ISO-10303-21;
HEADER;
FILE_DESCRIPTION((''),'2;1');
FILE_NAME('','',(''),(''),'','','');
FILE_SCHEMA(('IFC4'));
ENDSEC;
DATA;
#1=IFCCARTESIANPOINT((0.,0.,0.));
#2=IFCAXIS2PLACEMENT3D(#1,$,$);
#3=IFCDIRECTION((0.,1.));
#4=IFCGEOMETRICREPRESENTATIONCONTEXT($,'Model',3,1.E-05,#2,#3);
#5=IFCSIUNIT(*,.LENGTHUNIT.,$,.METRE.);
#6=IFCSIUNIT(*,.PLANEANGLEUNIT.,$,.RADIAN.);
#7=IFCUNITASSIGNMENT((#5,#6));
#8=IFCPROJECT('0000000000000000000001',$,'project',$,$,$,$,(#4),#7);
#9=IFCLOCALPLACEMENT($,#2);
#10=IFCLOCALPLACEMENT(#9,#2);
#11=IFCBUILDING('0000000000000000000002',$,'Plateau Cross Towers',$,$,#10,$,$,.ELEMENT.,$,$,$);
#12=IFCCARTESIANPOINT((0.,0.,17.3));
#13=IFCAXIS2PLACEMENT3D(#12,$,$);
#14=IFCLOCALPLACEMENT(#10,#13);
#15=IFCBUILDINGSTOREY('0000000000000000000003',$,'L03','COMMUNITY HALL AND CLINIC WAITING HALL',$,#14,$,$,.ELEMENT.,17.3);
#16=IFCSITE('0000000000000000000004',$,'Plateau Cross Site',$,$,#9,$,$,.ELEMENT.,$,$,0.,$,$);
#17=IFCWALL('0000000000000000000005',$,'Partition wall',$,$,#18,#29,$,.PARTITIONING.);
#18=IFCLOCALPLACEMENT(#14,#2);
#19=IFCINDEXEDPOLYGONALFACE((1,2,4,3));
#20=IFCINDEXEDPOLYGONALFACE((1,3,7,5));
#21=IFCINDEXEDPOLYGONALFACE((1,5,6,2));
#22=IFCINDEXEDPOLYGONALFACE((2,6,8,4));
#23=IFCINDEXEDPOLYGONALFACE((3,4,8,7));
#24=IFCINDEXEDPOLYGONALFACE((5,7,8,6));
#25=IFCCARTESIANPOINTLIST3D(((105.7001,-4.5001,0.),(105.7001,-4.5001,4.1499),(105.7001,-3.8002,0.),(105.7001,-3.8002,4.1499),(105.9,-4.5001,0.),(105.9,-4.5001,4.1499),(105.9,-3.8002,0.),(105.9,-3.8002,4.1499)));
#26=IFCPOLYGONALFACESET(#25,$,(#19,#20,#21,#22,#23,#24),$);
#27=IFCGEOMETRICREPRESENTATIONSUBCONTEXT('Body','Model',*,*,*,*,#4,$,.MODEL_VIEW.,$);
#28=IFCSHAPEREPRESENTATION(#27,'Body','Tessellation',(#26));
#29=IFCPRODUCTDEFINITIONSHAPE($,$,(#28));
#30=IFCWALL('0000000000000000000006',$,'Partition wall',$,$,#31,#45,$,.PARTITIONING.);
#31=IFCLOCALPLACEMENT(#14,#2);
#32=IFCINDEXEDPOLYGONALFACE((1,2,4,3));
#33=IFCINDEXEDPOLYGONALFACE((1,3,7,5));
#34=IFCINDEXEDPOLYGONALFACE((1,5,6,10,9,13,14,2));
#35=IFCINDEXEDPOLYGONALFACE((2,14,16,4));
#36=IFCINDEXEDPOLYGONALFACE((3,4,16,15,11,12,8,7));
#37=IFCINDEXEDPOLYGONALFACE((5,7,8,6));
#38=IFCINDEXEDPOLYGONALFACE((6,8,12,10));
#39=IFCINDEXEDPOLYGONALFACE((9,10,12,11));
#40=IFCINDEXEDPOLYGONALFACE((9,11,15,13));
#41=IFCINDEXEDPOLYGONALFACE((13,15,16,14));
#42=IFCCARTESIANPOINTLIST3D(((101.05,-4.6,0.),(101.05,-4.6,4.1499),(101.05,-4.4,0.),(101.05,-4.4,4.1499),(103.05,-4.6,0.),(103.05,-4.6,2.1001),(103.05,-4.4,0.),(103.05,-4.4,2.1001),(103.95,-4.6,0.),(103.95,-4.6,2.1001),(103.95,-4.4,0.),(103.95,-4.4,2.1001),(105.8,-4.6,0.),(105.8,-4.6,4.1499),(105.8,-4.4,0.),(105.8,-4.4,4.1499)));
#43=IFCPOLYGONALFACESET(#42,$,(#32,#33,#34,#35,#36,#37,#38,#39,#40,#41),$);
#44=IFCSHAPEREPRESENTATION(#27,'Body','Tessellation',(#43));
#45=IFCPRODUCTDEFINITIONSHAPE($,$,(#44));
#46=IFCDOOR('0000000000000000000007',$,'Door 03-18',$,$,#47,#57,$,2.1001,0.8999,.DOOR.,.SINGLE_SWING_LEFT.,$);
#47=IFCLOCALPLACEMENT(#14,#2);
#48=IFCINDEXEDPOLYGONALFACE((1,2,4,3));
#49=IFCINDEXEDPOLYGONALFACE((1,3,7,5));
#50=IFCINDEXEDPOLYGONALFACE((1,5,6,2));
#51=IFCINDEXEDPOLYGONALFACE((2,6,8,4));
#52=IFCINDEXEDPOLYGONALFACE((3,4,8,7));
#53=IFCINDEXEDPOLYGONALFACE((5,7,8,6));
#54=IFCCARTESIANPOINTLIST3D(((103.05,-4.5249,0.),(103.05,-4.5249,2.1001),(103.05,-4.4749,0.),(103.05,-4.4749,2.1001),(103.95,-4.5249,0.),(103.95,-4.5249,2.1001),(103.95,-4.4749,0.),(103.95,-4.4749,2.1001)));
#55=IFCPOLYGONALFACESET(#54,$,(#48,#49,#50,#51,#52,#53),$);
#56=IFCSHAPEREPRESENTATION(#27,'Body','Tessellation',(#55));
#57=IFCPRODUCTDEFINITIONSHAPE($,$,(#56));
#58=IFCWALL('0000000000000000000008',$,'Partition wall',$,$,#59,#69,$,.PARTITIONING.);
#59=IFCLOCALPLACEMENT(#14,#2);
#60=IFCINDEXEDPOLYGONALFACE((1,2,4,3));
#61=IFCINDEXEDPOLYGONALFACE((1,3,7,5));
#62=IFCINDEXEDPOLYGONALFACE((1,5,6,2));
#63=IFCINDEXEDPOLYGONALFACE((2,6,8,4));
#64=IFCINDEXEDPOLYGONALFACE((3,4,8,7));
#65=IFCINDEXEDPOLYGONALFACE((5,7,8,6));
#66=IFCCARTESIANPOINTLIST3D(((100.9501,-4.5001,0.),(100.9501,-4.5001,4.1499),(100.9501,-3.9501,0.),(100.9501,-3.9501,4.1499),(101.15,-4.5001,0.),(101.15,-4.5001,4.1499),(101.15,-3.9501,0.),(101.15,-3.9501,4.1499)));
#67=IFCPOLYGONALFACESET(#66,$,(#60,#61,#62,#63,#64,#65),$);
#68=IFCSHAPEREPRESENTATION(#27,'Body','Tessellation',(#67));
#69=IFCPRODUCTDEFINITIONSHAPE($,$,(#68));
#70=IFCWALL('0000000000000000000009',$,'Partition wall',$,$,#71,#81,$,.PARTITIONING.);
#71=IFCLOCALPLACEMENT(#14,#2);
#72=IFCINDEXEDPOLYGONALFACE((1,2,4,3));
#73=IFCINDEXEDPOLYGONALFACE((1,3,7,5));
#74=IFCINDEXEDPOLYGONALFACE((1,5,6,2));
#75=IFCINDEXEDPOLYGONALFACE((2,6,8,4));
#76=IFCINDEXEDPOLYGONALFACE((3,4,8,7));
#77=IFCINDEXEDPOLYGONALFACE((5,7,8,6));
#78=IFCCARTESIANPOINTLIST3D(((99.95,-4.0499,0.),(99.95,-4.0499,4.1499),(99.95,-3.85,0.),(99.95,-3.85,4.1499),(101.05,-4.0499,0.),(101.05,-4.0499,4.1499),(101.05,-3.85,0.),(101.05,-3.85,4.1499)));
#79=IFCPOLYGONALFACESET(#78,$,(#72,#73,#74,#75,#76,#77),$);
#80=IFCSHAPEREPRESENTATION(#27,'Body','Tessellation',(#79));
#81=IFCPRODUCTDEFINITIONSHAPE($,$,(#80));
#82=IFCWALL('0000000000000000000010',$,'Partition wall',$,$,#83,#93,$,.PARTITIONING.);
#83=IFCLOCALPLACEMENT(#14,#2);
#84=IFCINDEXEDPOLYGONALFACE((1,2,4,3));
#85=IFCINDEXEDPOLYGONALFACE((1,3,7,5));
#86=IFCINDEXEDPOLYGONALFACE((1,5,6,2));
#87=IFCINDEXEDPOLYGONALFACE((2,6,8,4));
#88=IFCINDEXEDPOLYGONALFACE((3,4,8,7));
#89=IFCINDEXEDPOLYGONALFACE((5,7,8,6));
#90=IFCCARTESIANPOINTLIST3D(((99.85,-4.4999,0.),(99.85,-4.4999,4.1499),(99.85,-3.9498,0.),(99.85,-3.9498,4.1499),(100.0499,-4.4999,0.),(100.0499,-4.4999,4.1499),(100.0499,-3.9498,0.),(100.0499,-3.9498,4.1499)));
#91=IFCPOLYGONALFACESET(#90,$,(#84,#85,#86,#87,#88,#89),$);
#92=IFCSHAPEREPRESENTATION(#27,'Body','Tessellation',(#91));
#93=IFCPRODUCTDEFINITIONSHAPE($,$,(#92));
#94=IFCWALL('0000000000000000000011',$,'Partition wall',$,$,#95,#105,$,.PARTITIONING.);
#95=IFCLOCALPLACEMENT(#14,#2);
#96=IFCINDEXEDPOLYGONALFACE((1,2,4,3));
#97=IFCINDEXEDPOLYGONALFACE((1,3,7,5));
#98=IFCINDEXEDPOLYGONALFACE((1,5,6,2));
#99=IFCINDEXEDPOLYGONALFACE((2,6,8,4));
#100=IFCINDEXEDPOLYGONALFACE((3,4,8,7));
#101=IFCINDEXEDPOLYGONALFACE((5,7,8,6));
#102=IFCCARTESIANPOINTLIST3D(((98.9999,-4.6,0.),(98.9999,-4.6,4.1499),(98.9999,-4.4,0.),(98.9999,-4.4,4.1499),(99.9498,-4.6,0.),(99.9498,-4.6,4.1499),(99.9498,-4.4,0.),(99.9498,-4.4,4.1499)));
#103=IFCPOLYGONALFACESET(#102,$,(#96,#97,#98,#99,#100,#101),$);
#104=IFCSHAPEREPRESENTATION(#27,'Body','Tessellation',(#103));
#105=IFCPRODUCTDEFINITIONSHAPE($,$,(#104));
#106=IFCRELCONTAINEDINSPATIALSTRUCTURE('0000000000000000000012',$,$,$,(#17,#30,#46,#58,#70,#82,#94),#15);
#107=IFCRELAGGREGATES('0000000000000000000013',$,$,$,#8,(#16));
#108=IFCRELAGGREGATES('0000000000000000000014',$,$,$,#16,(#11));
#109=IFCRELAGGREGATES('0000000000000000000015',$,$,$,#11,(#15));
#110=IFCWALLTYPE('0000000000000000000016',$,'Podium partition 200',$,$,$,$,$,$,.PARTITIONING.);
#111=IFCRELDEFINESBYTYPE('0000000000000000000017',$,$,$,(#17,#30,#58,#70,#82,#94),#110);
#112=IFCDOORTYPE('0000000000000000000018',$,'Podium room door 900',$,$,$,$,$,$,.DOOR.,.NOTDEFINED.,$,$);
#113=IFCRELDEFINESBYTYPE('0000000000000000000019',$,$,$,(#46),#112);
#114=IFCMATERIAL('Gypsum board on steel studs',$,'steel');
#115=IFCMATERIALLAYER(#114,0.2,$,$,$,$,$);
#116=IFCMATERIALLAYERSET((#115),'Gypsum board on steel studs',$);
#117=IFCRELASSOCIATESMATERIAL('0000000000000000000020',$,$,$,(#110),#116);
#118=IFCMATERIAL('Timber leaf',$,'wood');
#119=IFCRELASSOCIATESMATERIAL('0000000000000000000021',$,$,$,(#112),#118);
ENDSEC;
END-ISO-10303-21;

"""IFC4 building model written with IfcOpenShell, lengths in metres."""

from ifc_helpers import new_model, si_unit, direction, frame, frame_2d, origin, place, context, subcontext, project, spatial, rectangle, extrude, material, layer, layer_set, type_object, element, fill, save


model = new_model("IFC4")

# Units and contexts
model_context = context("Model", 3, precision=1e-05, world=origin(), true_north=direction((0.0, 1.0)))
body_context = subcontext(model_context, "Body", "Model", "MODEL_VIEW")
ifc_project = project(units=[si_unit("LENGTHUNIT", "METRE"), si_unit("PLANEANGLEUNIT", "RADIAN")], contexts=[model_context])

# Site, building, storey
site_placement = place(None, origin())
site = spatial("IfcSite", under=ifc_project, at=site_placement, Name="Plateau Cross Site", CompositionType="ELEMENT", RefElevation=0.0)
building_placement = place(site_placement, origin())
building = spatial("IfcBuilding", under=site, at=building_placement, Name="Plateau Cross Towers", CompositionType="ELEMENT")
storey_placement = place(building_placement, frame((0.0, 0.0, 17.3)))
storey = spatial("IfcBuildingStorey", under=building, at=storey_placement, Name="L03", Description="COMMUNITY HALL AND CLINIC WAITING HALL", CompositionType="ELEMENT", Elevation=17.3)

# Shared definitions
ifc_material_1 = material(Name="Gypsum board on steel studs", Category="steel")
ifc_layer_1 = layer(ifc_material_1, 0.2)
ifc_layer_set_1 = layer_set([ifc_layer_1], Name="Gypsum board on steel studs")
wall_type = type_object("IfcWallType", Name="Podium partition 200", PredefinedType="PARTITIONING", material=ifc_layer_set_1)

# Wall
wall_1_placement = place(storey_placement, frame((105.8, -3.8, 0.0), z_axis=(0.0, 0.0, 1.0), x_axis=(0.0, -1.0, 0.0)))
element("IfcWall", 1, at=wall_1_placement, inside=storey, type_object=wall_type, Name="Partition wall", PredefinedType="PARTITIONING", context=body_context, shape_type="SweptSolid", body=[
    extrude(rectangle(XDim=0.7, YDim=0.2, at=frame_2d((0.3501, 0.0))), origin(), (0.0, 0.0, 1.0), 4.1499),
])

# Wall, opening, door
wall_2_placement = place(storey_placement, frame((105.8, -4.5, 0.0), z_axis=(0.0, 0.0, 1.0), x_axis=(-1.0, 0.0, 0.0)))
wall_2 = element("IfcWall", 2, at=wall_2_placement, inside=storey, type_object=wall_type, Name="Partition wall", PredefinedType="PARTITIONING", context=body_context, shape_type="SweptSolid", body=[
    extrude(rectangle(XDim=4.75, YDim=0.2, at=frame_2d((2.375, 0.0))), origin(), (0.0, 0.0, 1.0), 4.1499),
])
opening_1_placement = place(wall_2_placement, frame((1.8501, 0.0, 0.0)))
opening_1 = element("IfcOpeningElement", 3, at=opening_1_placement, cuts=wall_2, PredefinedType="OPENING", context=body_context, shape_type="SweptSolid", body=[
    extrude(rectangle(XDim=0.8999, YDim=2.1001, at=frame_2d((0.45, 1.05))), frame((0.0, 0.1099, 0.0), z_axis=(0.0, -1.0, 0.0), x_axis=(1.0, 0.0, 0.0)), (0.0, 0.0, 1.0), 0.22),
])
ifc_material_2 = material(Name="Timber leaf", Category="wood")
door_type_1 = type_object("IfcDoorType", Name="Podium room door 900", OperationType="NOTDEFINED", PredefinedType="DOOR", material=ifc_material_2)
door_1_placement = place(opening_1_placement, origin())
door_1 = element("IfcDoor", 4, at=door_1_placement, inside=storey, type_object=door_type_1, Name="Door 03-18", OperationType="SINGLE_SWING_LEFT", OverallHeight=2.1001, OverallWidth=0.8999, PredefinedType="DOOR", context=body_context, shape_type="SweptSolid", body=[
    extrude(rectangle(XDim=0.8999, YDim=2.1001, at=frame_2d((0.45, 1.05))), frame((0.0, 0.0249, 0.0), z_axis=(0.0, -1.0, 0.0), x_axis=(1.0, 0.0, 0.0)), (0.0, 0.0, 1.0), 0.05),
])
fill(opening_1, door_1)

# Walls
wall_3_placement = place(storey_placement, frame((101.05, -4.5, 0.0), z_axis=(0.0, 0.0, 1.0), x_axis=(0.0, 1.0, 0.0)))
element("IfcWall", 5, at=wall_3_placement, inside=storey, type_object=wall_type, Name="Partition wall", PredefinedType="PARTITIONING", context=body_context, shape_type="SweptSolid", body=[
    extrude(rectangle(XDim=0.55, YDim=0.2, at=frame_2d((0.2749, 0.0))), origin(), (0.0, 0.0, 1.0), 4.1499),
])
wall_4_placement = place(storey_placement, frame((101.05, -3.95, 0.0), z_axis=(0.0, 0.0, 1.0), x_axis=(-1.0, 0.0, 0.0)))
element("IfcWall", 6, at=wall_4_placement, inside=storey, type_object=wall_type, Name="Partition wall", PredefinedType="PARTITIONING", context=body_context, shape_type="SweptSolid", body=[
    extrude(rectangle(XDim=1.1001, YDim=0.2, at=frame_2d((0.55, 0.0))), origin(), (0.0, 0.0, 1.0), 4.1499),
])
wall_5_placement = place(storey_placement, frame((99.95, -3.95, 0.0), z_axis=(0.0, 0.0, 1.0), x_axis=(0.0, -1.0, 0.0)))
element("IfcWall", 7, at=wall_5_placement, inside=storey, type_object=wall_type, Name="Partition wall", PredefinedType="PARTITIONING", context=body_context, shape_type="SweptSolid", body=[
    extrude(rectangle(XDim=0.55, YDim=0.2, at=frame_2d((0.2749, 0.0))), origin(), (0.0, 0.0, 1.0), 4.1499),
])
wall_6_placement = place(storey_placement, frame((99.95, -4.5, 0.0), z_axis=(0.0, 0.0, 1.0), x_axis=(-1.0, 0.0, 0.0)))
element("IfcWall", 8, at=wall_6_placement, inside=storey, type_object=wall_type, Name="Partition wall", PredefinedType="PARTITIONING", context=body_context, shape_type="SweptSolid", body=[
    extrude(rectangle(XDim=0.95, YDim=0.2, at=frame_2d((0.4751, 0.0))), origin(), (0.0, 0.0, 1.0), 4.1499),
])

save(model, "model.ifc")
